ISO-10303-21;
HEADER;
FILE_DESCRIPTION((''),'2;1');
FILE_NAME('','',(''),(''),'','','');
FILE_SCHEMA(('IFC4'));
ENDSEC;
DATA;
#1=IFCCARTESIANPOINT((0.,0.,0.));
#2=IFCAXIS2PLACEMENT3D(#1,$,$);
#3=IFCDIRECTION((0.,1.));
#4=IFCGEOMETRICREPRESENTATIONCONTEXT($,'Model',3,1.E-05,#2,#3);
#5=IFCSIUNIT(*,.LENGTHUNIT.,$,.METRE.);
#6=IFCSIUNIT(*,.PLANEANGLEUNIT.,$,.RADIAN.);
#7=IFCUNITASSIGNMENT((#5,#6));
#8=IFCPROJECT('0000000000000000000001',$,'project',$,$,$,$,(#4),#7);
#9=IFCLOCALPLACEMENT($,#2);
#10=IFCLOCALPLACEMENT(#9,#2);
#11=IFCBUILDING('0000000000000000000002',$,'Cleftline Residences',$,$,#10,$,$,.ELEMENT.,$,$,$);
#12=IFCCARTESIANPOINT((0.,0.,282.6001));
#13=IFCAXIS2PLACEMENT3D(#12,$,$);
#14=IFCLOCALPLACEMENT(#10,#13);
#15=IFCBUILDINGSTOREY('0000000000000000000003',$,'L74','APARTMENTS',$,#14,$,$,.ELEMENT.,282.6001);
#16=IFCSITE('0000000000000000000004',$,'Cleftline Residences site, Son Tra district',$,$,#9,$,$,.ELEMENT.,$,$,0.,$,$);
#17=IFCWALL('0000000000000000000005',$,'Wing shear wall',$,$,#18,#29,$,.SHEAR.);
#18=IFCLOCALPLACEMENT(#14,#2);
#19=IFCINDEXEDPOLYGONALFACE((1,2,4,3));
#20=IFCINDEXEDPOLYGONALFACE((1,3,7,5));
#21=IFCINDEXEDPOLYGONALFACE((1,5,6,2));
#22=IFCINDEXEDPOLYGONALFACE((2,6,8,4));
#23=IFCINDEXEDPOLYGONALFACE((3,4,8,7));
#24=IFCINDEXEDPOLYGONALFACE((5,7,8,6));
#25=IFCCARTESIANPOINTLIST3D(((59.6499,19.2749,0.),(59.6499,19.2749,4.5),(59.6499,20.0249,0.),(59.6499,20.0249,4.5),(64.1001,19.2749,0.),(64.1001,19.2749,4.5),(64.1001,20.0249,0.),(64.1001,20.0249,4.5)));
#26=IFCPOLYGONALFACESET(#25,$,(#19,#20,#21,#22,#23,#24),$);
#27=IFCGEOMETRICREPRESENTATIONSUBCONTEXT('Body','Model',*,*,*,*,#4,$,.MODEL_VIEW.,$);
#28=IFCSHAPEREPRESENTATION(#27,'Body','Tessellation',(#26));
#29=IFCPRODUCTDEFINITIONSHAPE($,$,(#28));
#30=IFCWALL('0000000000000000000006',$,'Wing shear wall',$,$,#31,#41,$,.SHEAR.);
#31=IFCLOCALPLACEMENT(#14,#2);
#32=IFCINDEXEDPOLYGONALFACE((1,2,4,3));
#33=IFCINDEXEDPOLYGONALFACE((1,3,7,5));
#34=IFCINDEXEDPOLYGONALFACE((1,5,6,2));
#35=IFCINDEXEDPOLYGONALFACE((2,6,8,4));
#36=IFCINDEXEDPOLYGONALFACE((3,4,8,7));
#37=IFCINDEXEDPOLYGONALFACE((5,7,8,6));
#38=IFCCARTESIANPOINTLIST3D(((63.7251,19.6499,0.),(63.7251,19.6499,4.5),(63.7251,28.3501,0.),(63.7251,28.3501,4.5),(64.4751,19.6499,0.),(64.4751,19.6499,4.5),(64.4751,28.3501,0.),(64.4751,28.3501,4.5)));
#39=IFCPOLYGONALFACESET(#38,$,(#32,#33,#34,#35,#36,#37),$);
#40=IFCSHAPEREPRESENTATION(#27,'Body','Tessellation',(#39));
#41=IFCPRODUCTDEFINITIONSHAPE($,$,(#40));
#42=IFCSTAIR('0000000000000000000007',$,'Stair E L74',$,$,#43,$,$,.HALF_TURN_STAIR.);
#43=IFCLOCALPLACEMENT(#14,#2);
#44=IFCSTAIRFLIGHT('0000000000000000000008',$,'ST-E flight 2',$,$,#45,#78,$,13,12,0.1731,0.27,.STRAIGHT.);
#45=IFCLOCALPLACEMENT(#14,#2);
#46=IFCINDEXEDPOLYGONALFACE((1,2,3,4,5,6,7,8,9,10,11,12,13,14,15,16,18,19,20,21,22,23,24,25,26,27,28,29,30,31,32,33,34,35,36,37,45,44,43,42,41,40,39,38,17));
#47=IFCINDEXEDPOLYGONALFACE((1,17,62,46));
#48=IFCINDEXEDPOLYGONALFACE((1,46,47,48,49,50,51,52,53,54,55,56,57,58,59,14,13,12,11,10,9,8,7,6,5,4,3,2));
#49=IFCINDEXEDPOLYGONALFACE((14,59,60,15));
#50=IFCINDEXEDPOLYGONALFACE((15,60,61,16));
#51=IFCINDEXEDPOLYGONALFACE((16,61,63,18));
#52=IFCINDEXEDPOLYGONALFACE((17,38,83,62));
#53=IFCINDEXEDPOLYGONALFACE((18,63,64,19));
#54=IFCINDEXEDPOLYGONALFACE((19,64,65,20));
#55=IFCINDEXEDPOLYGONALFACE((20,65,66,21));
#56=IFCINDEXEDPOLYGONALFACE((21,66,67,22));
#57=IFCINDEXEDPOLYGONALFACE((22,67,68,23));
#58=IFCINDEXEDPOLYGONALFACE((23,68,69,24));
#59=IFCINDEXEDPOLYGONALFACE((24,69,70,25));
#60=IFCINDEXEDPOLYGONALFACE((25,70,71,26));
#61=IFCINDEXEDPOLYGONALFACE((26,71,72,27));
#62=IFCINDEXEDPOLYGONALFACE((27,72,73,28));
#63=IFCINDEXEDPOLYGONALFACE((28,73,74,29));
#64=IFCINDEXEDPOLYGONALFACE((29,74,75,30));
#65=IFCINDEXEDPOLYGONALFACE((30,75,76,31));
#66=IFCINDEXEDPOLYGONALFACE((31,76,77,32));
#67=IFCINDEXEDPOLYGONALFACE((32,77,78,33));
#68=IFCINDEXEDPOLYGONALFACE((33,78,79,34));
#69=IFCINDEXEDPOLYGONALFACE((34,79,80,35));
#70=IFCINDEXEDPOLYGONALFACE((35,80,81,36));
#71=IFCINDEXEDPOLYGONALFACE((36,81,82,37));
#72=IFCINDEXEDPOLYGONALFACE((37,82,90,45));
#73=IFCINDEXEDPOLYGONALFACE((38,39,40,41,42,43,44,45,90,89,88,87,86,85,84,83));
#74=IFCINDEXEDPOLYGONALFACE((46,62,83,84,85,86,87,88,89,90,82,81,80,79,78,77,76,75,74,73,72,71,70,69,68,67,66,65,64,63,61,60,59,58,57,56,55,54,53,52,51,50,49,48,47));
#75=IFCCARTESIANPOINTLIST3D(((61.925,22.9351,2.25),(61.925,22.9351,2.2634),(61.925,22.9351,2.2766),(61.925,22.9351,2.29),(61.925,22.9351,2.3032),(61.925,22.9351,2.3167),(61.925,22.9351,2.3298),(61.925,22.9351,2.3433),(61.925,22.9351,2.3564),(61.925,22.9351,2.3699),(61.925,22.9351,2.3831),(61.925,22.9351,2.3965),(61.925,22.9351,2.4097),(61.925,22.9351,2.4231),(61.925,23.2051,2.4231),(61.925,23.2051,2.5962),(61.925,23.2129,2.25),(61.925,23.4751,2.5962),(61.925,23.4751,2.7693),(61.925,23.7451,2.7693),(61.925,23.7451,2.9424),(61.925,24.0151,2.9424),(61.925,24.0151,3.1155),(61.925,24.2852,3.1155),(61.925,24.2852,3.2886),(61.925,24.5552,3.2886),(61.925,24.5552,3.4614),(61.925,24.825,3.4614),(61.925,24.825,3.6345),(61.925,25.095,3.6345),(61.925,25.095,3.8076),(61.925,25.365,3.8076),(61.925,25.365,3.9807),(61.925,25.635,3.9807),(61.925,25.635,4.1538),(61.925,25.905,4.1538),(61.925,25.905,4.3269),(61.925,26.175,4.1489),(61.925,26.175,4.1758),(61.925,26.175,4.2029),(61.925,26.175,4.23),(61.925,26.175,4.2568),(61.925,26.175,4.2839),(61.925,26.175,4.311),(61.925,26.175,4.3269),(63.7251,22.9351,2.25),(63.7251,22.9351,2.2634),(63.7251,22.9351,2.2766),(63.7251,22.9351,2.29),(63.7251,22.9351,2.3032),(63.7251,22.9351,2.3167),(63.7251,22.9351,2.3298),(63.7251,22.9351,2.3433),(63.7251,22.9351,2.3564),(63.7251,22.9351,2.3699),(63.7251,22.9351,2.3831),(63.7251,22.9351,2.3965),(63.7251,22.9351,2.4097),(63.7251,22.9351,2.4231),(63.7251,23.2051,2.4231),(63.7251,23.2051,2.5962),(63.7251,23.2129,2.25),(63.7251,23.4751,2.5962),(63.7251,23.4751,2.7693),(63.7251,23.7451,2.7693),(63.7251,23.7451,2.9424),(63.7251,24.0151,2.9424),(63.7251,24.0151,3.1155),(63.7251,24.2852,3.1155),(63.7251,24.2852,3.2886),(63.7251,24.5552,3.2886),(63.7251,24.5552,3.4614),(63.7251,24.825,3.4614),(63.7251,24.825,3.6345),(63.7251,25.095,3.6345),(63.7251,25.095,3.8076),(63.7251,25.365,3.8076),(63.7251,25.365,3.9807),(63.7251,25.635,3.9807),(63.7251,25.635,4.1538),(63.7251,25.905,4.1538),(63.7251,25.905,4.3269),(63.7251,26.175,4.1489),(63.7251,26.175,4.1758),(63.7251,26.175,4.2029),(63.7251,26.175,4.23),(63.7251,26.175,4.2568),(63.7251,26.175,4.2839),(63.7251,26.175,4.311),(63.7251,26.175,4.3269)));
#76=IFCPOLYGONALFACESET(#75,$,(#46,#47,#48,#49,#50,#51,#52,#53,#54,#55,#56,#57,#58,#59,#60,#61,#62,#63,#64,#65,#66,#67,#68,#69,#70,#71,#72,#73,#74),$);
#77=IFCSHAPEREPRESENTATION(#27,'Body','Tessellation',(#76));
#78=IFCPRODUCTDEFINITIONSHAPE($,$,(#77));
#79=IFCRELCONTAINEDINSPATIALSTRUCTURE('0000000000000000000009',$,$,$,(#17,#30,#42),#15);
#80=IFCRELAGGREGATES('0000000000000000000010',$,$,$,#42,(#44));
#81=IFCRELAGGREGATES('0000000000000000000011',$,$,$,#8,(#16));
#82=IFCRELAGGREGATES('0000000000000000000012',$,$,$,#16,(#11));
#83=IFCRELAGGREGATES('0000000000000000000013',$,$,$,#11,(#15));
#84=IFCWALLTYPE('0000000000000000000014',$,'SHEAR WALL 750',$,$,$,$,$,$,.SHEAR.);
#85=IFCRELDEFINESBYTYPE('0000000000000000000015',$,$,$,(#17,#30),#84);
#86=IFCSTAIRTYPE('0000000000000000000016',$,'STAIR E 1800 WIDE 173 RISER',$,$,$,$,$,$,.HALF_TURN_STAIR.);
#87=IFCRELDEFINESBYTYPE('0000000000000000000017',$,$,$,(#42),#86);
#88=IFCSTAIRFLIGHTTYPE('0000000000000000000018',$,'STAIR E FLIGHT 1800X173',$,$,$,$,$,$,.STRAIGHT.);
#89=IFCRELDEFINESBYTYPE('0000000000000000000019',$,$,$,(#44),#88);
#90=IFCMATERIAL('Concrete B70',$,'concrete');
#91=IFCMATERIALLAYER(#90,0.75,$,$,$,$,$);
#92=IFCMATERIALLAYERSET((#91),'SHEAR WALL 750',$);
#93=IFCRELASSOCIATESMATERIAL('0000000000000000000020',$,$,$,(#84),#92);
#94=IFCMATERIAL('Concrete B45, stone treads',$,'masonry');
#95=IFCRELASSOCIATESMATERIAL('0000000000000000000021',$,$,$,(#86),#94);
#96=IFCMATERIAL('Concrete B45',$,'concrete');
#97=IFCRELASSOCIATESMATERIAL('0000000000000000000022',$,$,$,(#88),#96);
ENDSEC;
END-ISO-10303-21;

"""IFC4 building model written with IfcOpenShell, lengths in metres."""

from ifc_helpers import new_model, si_unit, direction, frame, frame_2d, origin, place, context, subcontext, project, spatial, polyline, rectangle, outline, extrude, material, layer, layer_set, type_object, element, aggregate, save


model = new_model("IFC4")

# Units and contexts
model_context = context("Model", 3, precision=1e-05, world=origin(), true_north=direction((0.0, 1.0)))
body_context = subcontext(model_context, "Body", "Model", "MODEL_VIEW")
ifc_project = project(units=[si_unit("LENGTHUNIT", "METRE"), si_unit("PLANEANGLEUNIT", "RADIAN")], contexts=[model_context])

# Site, building, storey
site_placement = place(None, origin())
site = spatial("IfcSite", under=ifc_project, at=site_placement, Name="Cleftline Residences site, Son Tra district", CompositionType="ELEMENT", RefElevation=0.0)
building_placement = place(site_placement, origin())
building = spatial("IfcBuilding", under=site, at=building_placement, Name="Cleftline Residences", CompositionType="ELEMENT")
storey_placement = place(building_placement, frame((0.0, 0.0, 282.6001)))
storey = spatial("IfcBuildingStorey", under=building, at=storey_placement, Name="L74", Description="APARTMENTS", CompositionType="ELEMENT", Elevation=282.6001)

# Walls
ifc_material_1 = material(Name="Concrete B70", Category="concrete")
ifc_layer_1 = layer(ifc_material_1, 0.75)
ifc_layer_set_1 = layer_set([ifc_layer_1], Name="SHEAR WALL 750")
wall_type_1 = type_object("IfcWallType", Name="SHEAR WALL 750", PredefinedType="SHEAR", material=ifc_layer_set_1)
wall_1_placement = place(storey_placement, frame((59.6499, 19.6499, 0.0), z_axis=(0.0, 0.0, 1.0), x_axis=(1.0, 0.0, 0.0)))
element("IfcWall", 1, at=wall_1_placement, inside=storey, type_object=wall_type_1, Name="Wing shear wall", PredefinedType="SHEAR", context=body_context, shape_type="SweptSolid", body=[
    extrude(rectangle(XDim=4.4502, YDim=0.75, at=frame_2d((2.2251, 0.0))), origin(), (0.0, 0.0, 1.0), 4.5),
])
wall_2_placement = place(storey_placement, frame((64.1001, 19.6499, 0.0), z_axis=(0.0, 0.0, 1.0), x_axis=(0.0, 1.0, 0.0)))
element("IfcWall", 2, at=wall_2_placement, inside=storey, type_object=wall_type_1, Name="Wing shear wall", PredefinedType="SHEAR", context=body_context, shape_type="SweptSolid", body=[
    extrude(rectangle(XDim=8.7002, YDim=0.75, at=frame_2d((4.3501, 0.0))), origin(), (0.0, 0.0, 1.0), 4.5),
])

# Stair, stair flight
ifc_material_2 = material(Name="Concrete B45, stone treads", Category="masonry")
stair_type = type_object("IfcStairType", Name="STAIR E 1800 WIDE 173 RISER", PredefinedType="HALF_TURN_STAIR", material=ifc_material_2)
stair_placement = place(storey_placement, origin())
stair = element("IfcStair", 3, at=stair_placement, inside=storey, type_object=stair_type, Name="Stair E L74", PredefinedType="HALF_TURN_STAIR")
ifc_material_3 = material(Name="Concrete B45", Category="concrete")
stair_flight_type = type_object("IfcStairFlightType", Name="STAIR E FLIGHT 1800X173", PredefinedType="STRAIGHT", material=ifc_material_3)
stair_flight_placement = place(storey_placement, frame((62.825, 22.9351, 2.25), z_axis=(0.0, 0.0, 1.0), x_axis=(0.0, 1.0, 0.0)))
stair_flight = element("IfcStairFlight", 4, at=stair_flight_placement, type_object=stair_flight_type, Name="ST-E flight 2", NumberOfRisers=13, NumberOfTreads=12, PredefinedType="STRAIGHT", RiserHeight=0.1731, TreadLength=0.27, context=body_context, shape_type="SweptSolid", body=[
    extrude(outline(polyline([(0.0, 0.0), (0.0, 0.0134), (0.0, 0.0266), (0.0, 0.04), (0.0, 0.0532), (0.0, 0.0667), (0.0, 0.0798), (0.0, 0.0933), (0.0, 0.1064), (0.0, 0.1199), (0.0, 0.1331), (0.0, 0.1465), (0.0, 0.1597), (0.0, 0.1731), (0.27, 0.1731), (0.27, 0.3462), (0.54, 0.3462), (0.54, 0.5193), (0.8101, 0.5193), (0.8101, 0.6924), (1.0801, 0.6924), (1.0801, 0.8655), (1.3501, 0.8655), (1.3501, 1.0386), (1.6201, 1.0386), (1.6201, 1.2114), (1.8899, 1.2114), (1.8899, 1.3845), (2.1599, 1.3845), (2.1599, 1.5576), (2.4299, 1.5576), (2.4299, 1.7307), (2.7, 1.7307), (2.7, 1.9038), (2.97, 1.9038), (2.97, 2.0769), (3.24, 2.0769), (3.24, 2.25), (3.24, 2.2229), (3.24, 2.196), (3.24, 2.1689), (3.24, 2.1418), (3.24, 2.115), (3.24, 2.0879), (3.24, 2.061), (3.24, 2.0339), (3.24, 2.0068), (3.24, 1.98), (3.24, 1.9529), (3.24, 1.9258), (3.24, 1.8989), (0.2778, 0.0), (0.0, 0.0)])), frame((0.0, 0.8999, 0.0), z_axis=(0.0, -1.0, 0.0), x_axis=(1.0, 0.0, 0.0)), (0.0, 0.0, 1.0), 1.8),
])
aggregate(stair, [stair_flight])

save(model, "model.ifc")
